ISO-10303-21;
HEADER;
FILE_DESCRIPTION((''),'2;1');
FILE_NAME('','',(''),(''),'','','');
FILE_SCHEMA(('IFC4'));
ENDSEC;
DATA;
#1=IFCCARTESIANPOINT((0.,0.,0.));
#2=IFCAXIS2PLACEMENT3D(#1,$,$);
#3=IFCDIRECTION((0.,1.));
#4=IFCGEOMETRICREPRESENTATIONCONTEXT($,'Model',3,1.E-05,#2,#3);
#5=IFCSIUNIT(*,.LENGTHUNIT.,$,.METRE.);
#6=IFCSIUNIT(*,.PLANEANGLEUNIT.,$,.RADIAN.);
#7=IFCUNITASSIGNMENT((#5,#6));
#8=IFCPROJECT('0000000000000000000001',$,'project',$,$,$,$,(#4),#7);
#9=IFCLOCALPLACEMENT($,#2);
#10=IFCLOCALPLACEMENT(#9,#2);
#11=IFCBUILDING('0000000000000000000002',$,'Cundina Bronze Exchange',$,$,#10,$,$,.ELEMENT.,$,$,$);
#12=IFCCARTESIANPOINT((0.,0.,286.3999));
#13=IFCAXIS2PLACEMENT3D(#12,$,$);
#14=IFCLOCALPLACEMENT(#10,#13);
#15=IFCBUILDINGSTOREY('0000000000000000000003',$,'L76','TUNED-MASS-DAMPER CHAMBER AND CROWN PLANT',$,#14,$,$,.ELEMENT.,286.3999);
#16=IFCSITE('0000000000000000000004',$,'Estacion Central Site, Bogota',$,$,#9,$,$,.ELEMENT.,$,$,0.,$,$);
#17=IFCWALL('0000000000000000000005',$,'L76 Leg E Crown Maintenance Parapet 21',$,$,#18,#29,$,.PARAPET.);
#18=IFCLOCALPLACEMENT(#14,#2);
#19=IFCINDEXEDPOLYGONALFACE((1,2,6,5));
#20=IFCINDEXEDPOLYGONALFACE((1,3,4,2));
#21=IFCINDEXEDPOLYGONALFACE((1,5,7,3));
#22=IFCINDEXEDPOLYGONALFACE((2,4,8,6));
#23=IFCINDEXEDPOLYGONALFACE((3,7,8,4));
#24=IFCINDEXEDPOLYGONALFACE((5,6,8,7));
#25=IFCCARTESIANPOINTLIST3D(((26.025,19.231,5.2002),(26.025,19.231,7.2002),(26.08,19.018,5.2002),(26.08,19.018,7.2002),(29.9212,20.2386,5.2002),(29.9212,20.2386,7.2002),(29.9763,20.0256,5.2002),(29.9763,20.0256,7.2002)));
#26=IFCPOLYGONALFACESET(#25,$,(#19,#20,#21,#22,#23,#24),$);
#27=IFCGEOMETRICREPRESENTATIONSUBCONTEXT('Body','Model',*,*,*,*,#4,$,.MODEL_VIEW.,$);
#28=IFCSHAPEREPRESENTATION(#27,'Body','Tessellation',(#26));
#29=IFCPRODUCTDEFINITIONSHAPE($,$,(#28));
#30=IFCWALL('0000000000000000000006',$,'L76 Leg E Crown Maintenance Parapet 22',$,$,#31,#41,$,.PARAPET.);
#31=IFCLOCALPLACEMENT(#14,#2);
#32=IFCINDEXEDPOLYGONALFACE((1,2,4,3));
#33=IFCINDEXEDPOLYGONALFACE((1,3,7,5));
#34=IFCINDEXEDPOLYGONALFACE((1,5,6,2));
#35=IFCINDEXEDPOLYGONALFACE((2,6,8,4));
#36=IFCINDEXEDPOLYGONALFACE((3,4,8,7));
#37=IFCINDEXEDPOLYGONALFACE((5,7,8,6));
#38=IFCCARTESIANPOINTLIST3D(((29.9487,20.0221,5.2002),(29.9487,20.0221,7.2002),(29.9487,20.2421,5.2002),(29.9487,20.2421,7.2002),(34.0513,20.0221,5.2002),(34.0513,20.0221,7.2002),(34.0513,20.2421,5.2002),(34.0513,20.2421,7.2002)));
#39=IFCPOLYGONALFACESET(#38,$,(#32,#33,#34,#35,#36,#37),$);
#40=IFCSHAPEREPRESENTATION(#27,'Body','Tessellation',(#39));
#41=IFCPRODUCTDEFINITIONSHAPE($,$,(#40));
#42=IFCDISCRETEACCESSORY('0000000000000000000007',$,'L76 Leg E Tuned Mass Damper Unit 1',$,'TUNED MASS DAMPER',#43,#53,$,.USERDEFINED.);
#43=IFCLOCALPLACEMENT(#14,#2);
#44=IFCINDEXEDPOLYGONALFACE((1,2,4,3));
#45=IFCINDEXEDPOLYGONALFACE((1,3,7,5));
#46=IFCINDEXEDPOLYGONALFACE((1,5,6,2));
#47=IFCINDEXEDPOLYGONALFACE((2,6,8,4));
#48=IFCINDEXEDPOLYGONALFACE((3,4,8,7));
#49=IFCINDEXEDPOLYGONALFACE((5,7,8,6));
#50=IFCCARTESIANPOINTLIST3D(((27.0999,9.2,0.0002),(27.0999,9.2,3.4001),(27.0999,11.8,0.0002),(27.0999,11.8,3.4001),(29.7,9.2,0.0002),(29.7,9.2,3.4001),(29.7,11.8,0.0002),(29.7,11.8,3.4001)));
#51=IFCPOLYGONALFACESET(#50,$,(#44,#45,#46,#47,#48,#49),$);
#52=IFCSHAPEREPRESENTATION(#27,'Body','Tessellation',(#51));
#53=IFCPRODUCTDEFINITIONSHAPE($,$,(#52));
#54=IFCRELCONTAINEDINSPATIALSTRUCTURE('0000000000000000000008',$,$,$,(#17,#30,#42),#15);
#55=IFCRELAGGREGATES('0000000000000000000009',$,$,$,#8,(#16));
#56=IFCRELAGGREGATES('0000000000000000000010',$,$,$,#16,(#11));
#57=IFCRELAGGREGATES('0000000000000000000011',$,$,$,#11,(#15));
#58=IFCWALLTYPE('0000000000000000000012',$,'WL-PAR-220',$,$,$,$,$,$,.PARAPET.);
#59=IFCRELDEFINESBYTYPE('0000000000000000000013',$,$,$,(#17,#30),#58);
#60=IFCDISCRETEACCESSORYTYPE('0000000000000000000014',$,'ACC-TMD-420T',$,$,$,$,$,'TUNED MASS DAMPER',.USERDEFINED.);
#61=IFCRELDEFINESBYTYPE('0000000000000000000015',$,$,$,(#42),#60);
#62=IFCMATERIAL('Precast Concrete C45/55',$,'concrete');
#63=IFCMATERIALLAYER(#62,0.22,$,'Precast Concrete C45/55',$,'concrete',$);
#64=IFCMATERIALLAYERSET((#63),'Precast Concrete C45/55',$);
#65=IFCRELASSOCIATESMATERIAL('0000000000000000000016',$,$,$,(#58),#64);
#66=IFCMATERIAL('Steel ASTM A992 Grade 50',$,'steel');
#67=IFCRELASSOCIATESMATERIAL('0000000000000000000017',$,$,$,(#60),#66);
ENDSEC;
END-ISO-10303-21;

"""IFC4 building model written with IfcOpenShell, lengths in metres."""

from ifc_helpers import new_model, si_unit, direction, frame, frame_2d, origin, origin_2d, place, context, subcontext, project, spatial, rectangle, extrude, material, layer, layer_set, type_object, element, save


model = new_model("IFC4")

# Units and contexts
model_context = context("Model", 3, precision=1e-05, world=origin(), true_north=direction((0.0, 1.0)))
body_context = subcontext(model_context, "Body", "Model", "MODEL_VIEW")
ifc_project = project(units=[si_unit("LENGTHUNIT", "METRE"), si_unit("PLANEANGLEUNIT", "RADIAN")], contexts=[model_context])

# Site, building, storey
site_placement = place(None, origin())
site = spatial("IfcSite", under=ifc_project, at=site_placement, Name="Estacion Central Site, Bogota", CompositionType="ELEMENT", RefElevation=0.0)
building_placement = place(site_placement, origin())
building = spatial("IfcBuilding", under=site, at=building_placement, Name="Cundina Bronze Exchange", CompositionType="ELEMENT")
storey_placement = place(building_placement, frame((0.0, 0.0, 286.3999)))
storey = spatial("IfcBuildingStorey", under=building, at=storey_placement, Name="L76", Description="TUNED-MASS-DAMPER CHAMBER AND CROWN PLANT", CompositionType="ELEMENT", Elevation=286.3999)

# Shared definitions
ifc_material_1 = material(Name="Steel ASTM A992 Grade 50", Category="steel")

# Walls
ifc_material_2 = material(Name="Precast Concrete C45/55", Category="concrete")
ifc_layer_1 = layer(ifc_material_2, 0.22, Name="Precast Concrete C45/55", Category="concrete")
ifc_layer_set_1 = layer_set([ifc_layer_1], Name="Precast Concrete C45/55")
wall_type_1 = type_object("IfcWallType", Name="WL-PAR-220", PredefinedType="PARAPET", material=ifc_layer_set_1)
wall_1_placement = place(storey_placement, frame((26.0525, 19.1245, 5.2002), z_axis=(0.0, 0.0, 1.0), x_axis=(0.968152, 0.250364, 0.0)))
element("IfcWall", 1, at=wall_1_placement, inside=storey, type_object=wall_type_1, Name="L76 Leg E Crown Maintenance Parapet 21", PredefinedType="PARAPET", context=body_context, shape_type="SweptSolid", body=[
    extrude(rectangle(XDim=4.0244, YDim=0.22, at=frame_2d((2.0122, 0.0))), origin(), (0.0, 0.0, 1.0), 2.0),
])
wall_2_placement = place(storey_placement, frame((29.9487, 20.1321, 5.2002), z_axis=(0.0, 0.0, 1.0), x_axis=(1.0, 0.0, 0.0)))
element("IfcWall", 2, at=wall_2_placement, inside=storey, type_object=wall_type_1, Name="L76 Leg E Crown Maintenance Parapet 22", PredefinedType="PARAPET", context=body_context, shape_type="SweptSolid", body=[
    extrude(rectangle(XDim=4.1025, YDim=0.22, at=frame_2d((2.0513, 0.0))), origin(), (0.0, 0.0, 1.0), 2.0),
])

# Discrete accessory
discrete_accessory_type = type_object("IfcDiscreteAccessoryType", Name="ACC-TMD-420T", ElementType="TUNED MASS DAMPER", PredefinedType="USERDEFINED", material=ifc_material_1)
discrete_accessory_placement = place(storey_placement, frame((28.3999, 10.5, 0.0002), z_axis=(0.0, 0.0, 1.0), x_axis=(1.0, 0.0, 0.0)))
element("IfcDiscreteAccessory", 3, at=discrete_accessory_placement, inside=storey, type_object=discrete_accessory_type, Name="L76 Leg E Tuned Mass Damper Unit 1", ObjectType="TUNED MASS DAMPER", PredefinedType="USERDEFINED", context=body_context, shape_type="SweptSolid", body=[
    extrude(rectangle(XDim=2.6001, YDim=2.6001, at=origin_2d()), origin(), (0.0, 0.0, 1.0), 3.3999),
])

save(model, "model.ifc")
